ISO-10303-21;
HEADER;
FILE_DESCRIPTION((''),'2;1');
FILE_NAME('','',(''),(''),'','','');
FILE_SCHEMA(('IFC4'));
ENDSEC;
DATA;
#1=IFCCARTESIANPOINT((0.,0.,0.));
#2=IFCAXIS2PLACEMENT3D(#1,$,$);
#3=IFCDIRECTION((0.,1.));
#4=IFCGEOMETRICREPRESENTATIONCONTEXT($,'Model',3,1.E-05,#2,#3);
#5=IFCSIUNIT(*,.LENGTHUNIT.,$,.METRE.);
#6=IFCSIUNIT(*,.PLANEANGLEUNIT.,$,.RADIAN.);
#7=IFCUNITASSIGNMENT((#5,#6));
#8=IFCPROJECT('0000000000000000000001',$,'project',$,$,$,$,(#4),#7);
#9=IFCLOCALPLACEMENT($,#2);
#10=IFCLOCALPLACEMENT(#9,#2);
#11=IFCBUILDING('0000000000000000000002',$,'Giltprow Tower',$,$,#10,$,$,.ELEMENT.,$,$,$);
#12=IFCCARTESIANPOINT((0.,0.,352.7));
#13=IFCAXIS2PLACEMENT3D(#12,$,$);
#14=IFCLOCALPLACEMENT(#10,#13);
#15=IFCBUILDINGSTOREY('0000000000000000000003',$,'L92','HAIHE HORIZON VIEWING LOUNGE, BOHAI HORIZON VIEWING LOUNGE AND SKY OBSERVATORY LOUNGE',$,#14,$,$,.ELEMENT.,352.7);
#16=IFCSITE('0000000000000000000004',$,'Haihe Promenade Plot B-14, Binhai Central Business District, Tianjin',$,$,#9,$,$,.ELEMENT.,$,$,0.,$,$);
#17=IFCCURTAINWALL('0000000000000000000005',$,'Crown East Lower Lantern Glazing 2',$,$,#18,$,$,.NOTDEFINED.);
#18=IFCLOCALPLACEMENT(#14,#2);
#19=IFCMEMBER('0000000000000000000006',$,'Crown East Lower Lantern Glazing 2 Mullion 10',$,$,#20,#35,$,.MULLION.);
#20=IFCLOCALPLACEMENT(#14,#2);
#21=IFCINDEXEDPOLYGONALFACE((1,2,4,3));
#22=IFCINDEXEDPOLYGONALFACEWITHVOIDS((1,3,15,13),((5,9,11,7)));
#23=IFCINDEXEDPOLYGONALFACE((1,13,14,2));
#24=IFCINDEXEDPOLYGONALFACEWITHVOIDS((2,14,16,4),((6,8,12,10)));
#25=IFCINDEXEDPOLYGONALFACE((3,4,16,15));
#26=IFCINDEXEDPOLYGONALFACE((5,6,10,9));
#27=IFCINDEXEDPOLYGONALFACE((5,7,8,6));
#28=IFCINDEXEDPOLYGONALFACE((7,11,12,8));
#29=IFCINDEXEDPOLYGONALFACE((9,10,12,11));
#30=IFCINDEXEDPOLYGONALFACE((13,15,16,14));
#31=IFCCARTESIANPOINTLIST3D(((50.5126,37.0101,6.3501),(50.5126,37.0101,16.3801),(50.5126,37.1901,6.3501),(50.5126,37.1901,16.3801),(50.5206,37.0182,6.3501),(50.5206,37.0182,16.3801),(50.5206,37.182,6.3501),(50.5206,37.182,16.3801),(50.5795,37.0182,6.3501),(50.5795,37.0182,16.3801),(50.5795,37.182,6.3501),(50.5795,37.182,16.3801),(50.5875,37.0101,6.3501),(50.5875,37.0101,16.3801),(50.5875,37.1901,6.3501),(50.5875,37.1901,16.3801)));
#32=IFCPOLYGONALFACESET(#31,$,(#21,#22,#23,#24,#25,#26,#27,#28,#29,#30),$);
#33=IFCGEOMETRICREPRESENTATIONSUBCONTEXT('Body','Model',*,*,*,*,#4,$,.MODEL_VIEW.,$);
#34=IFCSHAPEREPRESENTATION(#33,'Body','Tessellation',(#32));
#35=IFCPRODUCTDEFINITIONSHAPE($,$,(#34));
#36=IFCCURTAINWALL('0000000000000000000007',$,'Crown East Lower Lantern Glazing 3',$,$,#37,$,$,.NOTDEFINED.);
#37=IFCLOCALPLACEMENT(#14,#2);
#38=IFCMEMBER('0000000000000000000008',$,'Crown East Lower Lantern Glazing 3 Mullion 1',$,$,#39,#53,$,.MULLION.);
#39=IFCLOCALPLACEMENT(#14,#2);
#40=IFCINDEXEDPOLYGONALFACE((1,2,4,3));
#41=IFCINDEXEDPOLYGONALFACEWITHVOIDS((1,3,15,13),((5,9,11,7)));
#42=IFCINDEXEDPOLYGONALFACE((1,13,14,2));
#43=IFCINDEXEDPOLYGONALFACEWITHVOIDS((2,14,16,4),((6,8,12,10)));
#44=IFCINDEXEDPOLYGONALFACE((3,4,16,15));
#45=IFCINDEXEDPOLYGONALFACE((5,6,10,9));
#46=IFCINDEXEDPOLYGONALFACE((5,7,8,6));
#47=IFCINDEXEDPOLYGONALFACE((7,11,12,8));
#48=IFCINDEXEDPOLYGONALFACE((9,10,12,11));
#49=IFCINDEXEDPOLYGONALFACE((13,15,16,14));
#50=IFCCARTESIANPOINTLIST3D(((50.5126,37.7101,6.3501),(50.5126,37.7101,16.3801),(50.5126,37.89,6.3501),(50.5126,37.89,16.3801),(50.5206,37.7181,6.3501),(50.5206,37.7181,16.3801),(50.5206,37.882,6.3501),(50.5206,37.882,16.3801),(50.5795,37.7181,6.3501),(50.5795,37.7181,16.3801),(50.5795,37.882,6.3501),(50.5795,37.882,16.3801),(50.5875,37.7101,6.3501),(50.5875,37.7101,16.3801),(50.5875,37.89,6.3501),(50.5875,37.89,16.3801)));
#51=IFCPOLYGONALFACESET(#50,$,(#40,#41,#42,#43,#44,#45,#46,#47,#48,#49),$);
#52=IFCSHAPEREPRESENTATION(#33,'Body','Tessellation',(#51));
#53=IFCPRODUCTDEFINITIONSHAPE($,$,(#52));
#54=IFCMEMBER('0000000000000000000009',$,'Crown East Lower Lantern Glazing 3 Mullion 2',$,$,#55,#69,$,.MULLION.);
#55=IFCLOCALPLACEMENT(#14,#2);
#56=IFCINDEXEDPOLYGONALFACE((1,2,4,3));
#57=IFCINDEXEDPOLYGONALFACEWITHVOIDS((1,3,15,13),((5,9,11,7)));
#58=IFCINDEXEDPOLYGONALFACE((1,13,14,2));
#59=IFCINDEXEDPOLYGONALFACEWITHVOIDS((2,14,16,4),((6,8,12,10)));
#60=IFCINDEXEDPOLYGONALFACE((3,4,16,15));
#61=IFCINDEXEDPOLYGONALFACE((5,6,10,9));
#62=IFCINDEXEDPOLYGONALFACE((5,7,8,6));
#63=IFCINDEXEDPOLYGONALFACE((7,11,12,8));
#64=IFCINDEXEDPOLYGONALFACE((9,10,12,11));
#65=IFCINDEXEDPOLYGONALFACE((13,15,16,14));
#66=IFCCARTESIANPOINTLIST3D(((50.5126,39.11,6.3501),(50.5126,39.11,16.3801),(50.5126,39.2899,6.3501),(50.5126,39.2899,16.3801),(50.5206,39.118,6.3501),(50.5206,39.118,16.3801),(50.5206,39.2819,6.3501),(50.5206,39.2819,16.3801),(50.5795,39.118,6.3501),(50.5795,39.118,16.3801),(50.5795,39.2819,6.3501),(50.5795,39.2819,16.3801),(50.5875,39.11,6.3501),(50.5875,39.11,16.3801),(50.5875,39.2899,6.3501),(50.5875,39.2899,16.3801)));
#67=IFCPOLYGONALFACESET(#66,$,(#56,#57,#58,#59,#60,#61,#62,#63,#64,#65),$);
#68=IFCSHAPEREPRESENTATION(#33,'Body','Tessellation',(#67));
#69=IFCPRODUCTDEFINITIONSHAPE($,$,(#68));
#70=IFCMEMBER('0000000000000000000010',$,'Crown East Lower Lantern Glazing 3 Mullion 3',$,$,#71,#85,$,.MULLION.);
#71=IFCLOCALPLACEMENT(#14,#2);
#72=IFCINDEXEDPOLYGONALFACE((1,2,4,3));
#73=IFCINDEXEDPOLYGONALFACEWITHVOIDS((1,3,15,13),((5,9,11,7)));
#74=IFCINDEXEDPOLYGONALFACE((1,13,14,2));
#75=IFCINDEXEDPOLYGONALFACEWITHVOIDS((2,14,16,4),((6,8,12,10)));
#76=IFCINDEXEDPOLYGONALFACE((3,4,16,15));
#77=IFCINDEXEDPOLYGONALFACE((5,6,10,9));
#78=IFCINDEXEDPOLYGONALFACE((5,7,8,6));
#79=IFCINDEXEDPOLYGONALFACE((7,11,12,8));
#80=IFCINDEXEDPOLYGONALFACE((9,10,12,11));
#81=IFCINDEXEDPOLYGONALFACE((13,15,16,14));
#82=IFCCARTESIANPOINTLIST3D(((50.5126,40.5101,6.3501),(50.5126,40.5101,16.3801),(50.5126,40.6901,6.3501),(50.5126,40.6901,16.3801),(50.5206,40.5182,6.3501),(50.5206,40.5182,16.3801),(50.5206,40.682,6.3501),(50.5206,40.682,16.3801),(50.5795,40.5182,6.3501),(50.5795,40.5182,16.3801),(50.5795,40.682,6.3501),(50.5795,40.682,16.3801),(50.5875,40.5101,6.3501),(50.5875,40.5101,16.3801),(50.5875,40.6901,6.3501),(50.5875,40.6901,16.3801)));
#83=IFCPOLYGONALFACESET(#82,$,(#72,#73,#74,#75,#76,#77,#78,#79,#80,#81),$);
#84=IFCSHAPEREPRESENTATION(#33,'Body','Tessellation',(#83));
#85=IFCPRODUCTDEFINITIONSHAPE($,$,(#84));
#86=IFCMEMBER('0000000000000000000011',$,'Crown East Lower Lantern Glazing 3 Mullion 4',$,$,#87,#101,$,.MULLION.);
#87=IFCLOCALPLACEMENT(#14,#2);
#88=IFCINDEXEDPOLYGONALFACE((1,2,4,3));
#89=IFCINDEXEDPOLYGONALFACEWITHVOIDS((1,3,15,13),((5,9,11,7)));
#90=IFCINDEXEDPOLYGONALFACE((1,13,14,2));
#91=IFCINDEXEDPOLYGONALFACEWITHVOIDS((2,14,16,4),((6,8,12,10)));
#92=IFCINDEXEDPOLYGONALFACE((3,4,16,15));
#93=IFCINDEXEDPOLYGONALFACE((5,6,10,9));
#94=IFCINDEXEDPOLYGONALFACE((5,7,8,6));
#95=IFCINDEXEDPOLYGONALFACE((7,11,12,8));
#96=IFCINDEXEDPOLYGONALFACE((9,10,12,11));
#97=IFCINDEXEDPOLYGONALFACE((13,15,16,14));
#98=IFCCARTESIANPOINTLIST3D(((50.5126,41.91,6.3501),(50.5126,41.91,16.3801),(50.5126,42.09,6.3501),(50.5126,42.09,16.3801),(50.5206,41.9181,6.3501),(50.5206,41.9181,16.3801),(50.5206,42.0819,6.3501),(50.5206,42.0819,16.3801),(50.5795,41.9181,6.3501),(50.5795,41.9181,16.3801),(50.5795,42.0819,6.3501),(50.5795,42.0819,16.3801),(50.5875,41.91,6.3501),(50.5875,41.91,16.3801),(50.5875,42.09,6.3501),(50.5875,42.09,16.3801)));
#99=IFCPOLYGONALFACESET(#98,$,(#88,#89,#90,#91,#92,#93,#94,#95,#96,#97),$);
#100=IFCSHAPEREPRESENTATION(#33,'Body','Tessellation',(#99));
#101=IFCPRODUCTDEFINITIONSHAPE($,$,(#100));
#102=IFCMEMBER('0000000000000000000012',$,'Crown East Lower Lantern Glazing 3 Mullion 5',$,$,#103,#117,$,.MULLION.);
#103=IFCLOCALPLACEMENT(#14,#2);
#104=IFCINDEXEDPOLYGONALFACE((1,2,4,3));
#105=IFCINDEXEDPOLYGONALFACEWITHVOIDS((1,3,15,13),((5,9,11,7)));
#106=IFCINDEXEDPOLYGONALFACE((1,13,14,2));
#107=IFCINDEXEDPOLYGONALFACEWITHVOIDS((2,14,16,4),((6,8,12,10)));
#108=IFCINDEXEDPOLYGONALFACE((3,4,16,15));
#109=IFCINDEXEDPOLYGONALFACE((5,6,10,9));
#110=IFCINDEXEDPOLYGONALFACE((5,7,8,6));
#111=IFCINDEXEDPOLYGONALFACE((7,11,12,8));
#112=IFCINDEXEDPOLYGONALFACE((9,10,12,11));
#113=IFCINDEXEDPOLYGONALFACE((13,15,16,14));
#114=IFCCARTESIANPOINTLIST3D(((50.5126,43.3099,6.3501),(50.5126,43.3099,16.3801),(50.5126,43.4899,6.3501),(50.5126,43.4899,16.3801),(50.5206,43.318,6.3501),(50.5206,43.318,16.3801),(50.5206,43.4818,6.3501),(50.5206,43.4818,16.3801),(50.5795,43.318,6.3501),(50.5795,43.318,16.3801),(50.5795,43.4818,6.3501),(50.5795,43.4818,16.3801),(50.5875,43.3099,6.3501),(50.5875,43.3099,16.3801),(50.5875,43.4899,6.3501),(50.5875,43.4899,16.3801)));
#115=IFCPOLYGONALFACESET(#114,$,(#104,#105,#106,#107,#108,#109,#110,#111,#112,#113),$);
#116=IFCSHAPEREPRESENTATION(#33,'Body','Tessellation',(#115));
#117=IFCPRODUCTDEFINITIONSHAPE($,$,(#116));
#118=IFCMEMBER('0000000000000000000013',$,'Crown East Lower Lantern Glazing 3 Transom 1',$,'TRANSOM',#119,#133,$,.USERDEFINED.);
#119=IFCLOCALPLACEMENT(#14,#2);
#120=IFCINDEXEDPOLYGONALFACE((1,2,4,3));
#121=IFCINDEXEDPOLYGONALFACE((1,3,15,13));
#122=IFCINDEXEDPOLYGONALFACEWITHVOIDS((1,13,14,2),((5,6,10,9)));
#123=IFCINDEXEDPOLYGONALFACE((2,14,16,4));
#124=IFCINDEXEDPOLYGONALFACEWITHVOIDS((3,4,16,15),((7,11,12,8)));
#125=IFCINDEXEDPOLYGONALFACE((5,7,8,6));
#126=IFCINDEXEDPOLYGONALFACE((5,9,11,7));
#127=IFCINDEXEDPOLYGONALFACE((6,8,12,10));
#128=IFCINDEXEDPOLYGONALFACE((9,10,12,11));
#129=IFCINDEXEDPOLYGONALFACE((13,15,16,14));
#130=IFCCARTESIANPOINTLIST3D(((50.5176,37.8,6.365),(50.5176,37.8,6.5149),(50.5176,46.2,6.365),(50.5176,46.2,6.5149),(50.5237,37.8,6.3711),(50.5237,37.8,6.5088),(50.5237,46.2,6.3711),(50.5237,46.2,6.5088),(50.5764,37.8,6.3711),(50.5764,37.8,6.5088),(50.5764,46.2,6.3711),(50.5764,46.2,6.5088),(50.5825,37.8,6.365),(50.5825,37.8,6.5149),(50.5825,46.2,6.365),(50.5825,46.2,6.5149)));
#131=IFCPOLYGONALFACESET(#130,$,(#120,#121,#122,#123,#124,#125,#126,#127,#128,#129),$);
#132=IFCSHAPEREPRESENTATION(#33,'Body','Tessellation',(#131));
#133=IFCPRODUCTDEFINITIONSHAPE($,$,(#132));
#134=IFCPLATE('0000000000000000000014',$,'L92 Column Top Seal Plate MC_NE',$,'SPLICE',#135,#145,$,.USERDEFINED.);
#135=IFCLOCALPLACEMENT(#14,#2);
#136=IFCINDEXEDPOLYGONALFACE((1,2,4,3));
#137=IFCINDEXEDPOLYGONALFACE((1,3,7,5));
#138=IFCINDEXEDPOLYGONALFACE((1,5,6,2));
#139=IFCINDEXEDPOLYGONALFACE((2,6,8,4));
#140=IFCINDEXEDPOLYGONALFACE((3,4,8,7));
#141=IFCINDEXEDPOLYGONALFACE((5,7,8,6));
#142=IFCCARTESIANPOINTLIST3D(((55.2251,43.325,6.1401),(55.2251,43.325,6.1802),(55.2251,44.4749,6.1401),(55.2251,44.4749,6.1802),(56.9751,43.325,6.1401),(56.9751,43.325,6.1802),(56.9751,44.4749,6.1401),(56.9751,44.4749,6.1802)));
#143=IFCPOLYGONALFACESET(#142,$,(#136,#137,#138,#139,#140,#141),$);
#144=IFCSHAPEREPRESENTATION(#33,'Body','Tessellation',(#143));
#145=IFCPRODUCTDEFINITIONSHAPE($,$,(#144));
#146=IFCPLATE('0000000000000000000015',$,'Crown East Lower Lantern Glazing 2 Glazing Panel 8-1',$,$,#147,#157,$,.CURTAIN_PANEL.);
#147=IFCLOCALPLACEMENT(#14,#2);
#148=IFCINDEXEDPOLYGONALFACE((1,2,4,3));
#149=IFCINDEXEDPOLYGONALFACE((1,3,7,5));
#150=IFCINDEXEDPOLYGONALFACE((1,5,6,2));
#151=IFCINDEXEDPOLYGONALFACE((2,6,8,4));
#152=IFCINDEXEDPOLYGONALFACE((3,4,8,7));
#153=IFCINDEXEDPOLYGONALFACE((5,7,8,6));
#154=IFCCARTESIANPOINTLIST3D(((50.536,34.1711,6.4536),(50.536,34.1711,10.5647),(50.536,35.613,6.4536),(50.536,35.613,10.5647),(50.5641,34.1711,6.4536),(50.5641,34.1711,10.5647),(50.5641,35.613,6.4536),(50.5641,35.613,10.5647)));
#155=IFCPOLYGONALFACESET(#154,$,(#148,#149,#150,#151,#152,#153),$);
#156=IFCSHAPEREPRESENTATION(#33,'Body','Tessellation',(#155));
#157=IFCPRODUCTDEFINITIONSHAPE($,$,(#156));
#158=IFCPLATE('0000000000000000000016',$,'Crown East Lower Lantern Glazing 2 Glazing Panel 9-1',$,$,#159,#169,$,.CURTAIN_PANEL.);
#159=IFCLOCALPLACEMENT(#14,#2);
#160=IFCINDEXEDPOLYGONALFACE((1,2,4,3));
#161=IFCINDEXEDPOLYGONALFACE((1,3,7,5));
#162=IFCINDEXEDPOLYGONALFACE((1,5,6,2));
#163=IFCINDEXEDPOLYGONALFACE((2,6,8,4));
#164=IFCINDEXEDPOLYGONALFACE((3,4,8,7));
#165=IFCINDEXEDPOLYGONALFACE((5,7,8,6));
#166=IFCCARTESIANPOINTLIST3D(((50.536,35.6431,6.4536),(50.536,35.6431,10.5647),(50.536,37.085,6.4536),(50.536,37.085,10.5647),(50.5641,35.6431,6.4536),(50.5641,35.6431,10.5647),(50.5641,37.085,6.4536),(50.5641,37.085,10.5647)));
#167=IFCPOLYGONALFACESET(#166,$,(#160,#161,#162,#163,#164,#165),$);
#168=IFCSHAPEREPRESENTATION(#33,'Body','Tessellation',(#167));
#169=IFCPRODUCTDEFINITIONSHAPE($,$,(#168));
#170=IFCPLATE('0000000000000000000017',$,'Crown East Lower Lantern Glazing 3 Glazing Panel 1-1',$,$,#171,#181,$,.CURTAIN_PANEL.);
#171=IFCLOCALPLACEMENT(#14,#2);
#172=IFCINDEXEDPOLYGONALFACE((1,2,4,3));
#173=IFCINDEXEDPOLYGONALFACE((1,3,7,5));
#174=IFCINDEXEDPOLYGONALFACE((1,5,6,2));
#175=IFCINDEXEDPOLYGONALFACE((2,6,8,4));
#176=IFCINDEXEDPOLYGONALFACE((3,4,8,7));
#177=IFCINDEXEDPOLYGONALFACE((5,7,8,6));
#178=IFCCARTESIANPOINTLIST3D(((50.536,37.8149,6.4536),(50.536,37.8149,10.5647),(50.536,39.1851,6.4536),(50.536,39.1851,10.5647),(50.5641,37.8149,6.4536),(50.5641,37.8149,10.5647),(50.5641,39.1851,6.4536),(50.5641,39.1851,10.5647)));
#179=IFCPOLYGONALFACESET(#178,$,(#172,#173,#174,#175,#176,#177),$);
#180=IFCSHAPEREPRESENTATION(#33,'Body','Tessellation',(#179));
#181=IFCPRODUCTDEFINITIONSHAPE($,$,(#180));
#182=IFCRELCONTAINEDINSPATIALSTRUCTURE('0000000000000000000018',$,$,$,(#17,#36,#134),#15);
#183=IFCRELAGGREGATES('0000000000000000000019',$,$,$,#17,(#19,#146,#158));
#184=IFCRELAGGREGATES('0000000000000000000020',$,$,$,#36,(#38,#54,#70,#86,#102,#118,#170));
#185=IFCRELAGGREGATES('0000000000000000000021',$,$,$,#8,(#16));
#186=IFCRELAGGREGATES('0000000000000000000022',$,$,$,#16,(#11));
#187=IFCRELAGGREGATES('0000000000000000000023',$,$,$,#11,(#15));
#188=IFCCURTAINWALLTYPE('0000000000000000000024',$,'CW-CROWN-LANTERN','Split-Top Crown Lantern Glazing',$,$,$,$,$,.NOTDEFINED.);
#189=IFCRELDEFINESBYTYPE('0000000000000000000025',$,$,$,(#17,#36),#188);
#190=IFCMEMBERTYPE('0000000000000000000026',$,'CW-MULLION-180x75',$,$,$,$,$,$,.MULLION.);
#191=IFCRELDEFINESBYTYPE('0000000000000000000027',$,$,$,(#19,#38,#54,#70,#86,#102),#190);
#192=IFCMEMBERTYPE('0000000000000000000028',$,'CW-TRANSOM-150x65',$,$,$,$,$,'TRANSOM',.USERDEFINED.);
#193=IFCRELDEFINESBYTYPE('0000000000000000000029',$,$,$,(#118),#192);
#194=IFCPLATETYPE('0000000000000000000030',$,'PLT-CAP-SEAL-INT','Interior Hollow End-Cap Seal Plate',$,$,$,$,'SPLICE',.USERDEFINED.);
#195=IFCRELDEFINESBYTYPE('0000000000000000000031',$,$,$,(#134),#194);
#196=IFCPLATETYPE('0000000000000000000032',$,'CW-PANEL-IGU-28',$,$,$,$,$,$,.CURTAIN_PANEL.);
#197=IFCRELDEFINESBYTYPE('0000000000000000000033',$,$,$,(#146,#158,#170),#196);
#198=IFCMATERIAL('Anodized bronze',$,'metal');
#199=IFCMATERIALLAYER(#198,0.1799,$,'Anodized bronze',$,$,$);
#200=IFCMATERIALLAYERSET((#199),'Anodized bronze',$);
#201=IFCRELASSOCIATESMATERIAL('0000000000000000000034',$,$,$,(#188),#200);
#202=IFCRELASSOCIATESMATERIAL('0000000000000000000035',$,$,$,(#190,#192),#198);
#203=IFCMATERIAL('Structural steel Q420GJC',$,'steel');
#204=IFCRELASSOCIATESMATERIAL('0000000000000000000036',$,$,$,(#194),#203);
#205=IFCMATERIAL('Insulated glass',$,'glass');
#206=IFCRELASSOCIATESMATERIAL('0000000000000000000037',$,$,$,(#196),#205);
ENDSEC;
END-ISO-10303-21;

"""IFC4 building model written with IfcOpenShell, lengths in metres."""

from ifc_helpers import new_model, si_unit, direction, frame, origin, origin_2d, place, context, subcontext, project, spatial, rectangle, hollow_rectangle, extrude, source, transform, mapped, material, layer, layer_set, material_profile, profile_set, type_object, element, aggregate, save


model = new_model("IFC4")

# Units and contexts
model_context = context("Model", 3, precision=1e-05, world=origin(), true_north=direction((0.0, 1.0)))
body_context = subcontext(model_context, "Body", "Model", "MODEL_VIEW")
ifc_project = project(units=[si_unit("LENGTHUNIT", "METRE"), si_unit("PLANEANGLEUNIT", "RADIAN")], contexts=[model_context])

# Site, building, storey
site_placement = place(None, origin())
site = spatial("IfcSite", under=ifc_project, at=site_placement, Name="Haihe Promenade Plot B-14, Binhai Central Business District, Tianjin", CompositionType="ELEMENT", RefElevation=0.0)
building_placement = place(site_placement, origin())
building = spatial("IfcBuilding", under=site, at=building_placement, Name="Giltprow Tower", CompositionType="ELEMENT")
storey_placement = place(building_placement, frame((0.0, 0.0, 352.7)))
storey = spatial("IfcBuildingStorey", under=building, at=storey_placement, Name="L92", Description="HAIHE HORIZON VIEWING LOUNGE, BOHAI HORIZON VIEWING LOUNGE AND SKY OBSERVATORY LOUNGE", CompositionType="ELEMENT", Elevation=352.7)

# Shared definitions
ifc_material_1 = material(Name="Structural steel Q420GJC", Category="steel")

# Curtain walls, members
ifc_material_2 = material(Name="Anodized bronze", Category="metal")
ifc_layer_1 = layer(ifc_material_2, 0.1799, Name="Anodized bronze")
ifc_layer_set_1 = layer_set([ifc_layer_1], Name="Anodized bronze")
curtain_wall_type = type_object("IfcCurtainWallType", Name="CW-CROWN-LANTERN", Description="Split-Top Crown Lantern Glazing", PredefinedType="NOTDEFINED", material=ifc_layer_set_1)
curtain_wall_1_placement = place(storey_placement, origin())
curtain_wall_1 = element("IfcCurtainWall", 1, at=curtain_wall_1_placement, inside=storey, type_object=curtain_wall_type, Name="Crown East Lower Lantern Glazing 2", PredefinedType="NOTDEFINED")
ifc_material_profile_1 = material_profile(ifc_material_2, hollow_rectangle(XDim=0.075, YDim=0.1799, WallThickness=0.0081, at=origin_2d()), Name="RHS 180x75x8")
ifc_profile_set_1 = profile_set([ifc_material_profile_1], Name="Anodized bronze")
member_type_1 = type_object("IfcMemberType", Name="CW-MULLION-180x75", PredefinedType="MULLION", material=ifc_profile_set_1)
shared_shape_1 = source(origin(), body_context, "Body", "SweptSolid", [
    extrude(hollow_rectangle(XDim=0.075, YDim=0.1799, WallThickness=0.0081, at=origin_2d()), origin(), (0.0, 0.0, 1.0), 10.03),
])
member_1_placement = place(storey_placement, frame((50.55, 37.1001, 6.3501), z_axis=(0.0, 0.0, 1.0), x_axis=(1.0, 0.0, 0.0)))
member_1 = element("IfcMember", 2, at=member_1_placement, type_object=member_type_1, Name="Crown East Lower Lantern Glazing 2 Mullion 10", PredefinedType="MULLION", context=body_context, shape_type="MappedRepresentation", body=[
    mapped(shared_shape_1, transform((0.0, 0.0, 0.0), x_axis=(1.0, 0.0, 0.0), y_axis=(0.0, 1.0, 0.0), z_axis=(0.0, 0.0, 1.0), scale=1.0)),
])
curtain_wall_2_placement = place(storey_placement, origin())
curtain_wall_2 = element("IfcCurtainWall", 3, at=curtain_wall_2_placement, inside=storey, type_object=curtain_wall_type, Name="Crown East Lower Lantern Glazing 3", PredefinedType="NOTDEFINED")
member_2_placement = place(storey_placement, frame((50.55, 37.8, 6.3501), z_axis=(0.0, 0.0, 1.0), x_axis=(1.0, 0.0, 0.0)))
member_2 = element("IfcMember", 4, at=member_2_placement, type_object=member_type_1, Name="Crown East Lower Lantern Glazing 3 Mullion 1", PredefinedType="MULLION", context=body_context, shape_type="MappedRepresentation", body=[
    mapped(shared_shape_1, transform((0.0, 0.0, 0.0), x_axis=(1.0, 0.0, 0.0), y_axis=(0.0, 1.0, 0.0), z_axis=(0.0, 0.0, 1.0), scale=1.0)),
])
member_3_placement = place(storey_placement, frame((50.55, 39.2, 6.3501), z_axis=(0.0, 0.0, 1.0), x_axis=(1.0, 0.0, 0.0)))
member_3 = element("IfcMember", 5, at=member_3_placement, type_object=member_type_1, Name="Crown East Lower Lantern Glazing 3 Mullion 2", PredefinedType="MULLION", context=body_context, shape_type="MappedRepresentation", body=[
    mapped(shared_shape_1, transform((0.0, 0.0, 0.0), x_axis=(1.0, 0.0, 0.0), y_axis=(0.0, 1.0, 0.0), z_axis=(0.0, 0.0, 1.0), scale=1.0)),
])
member_4_placement = place(storey_placement, frame((50.55, 40.6001, 6.3501), z_axis=(0.0, 0.0, 1.0), x_axis=(1.0, 0.0, 0.0)))
member_4 = element("IfcMember", 6, at=member_4_placement, type_object=member_type_1, Name="Crown East Lower Lantern Glazing 3 Mullion 3", PredefinedType="MULLION", context=body_context, shape_type="MappedRepresentation", body=[
    mapped(shared_shape_1, transform((0.0, 0.0, 0.0), x_axis=(1.0, 0.0, 0.0), y_axis=(0.0, 1.0, 0.0), z_axis=(0.0, 0.0, 1.0), scale=1.0)),
])
member_5_placement = place(storey_placement, frame((50.55, 42.0, 6.3501), z_axis=(0.0, 0.0, 1.0), x_axis=(1.0, 0.0, 0.0)))
member_5 = element("IfcMember", 7, at=member_5_placement, type_object=member_type_1, Name="Crown East Lower Lantern Glazing 3 Mullion 4", PredefinedType="MULLION", context=body_context, shape_type="MappedRepresentation", body=[
    mapped(shared_shape_1, transform((0.0, 0.0, 0.0), x_axis=(1.0, 0.0, 0.0), y_axis=(0.0, 1.0, 0.0), z_axis=(0.0, 0.0, 1.0), scale=1.0)),
])
member_6_placement = place(storey_placement, frame((50.55, 43.3999, 6.3501), z_axis=(0.0, 0.0, 1.0), x_axis=(1.0, 0.0, 0.0)))
member_6 = element("IfcMember", 8, at=member_6_placement, type_object=member_type_1, Name="Crown East Lower Lantern Glazing 3 Mullion 5", PredefinedType="MULLION", context=body_context, shape_type="MappedRepresentation", body=[
    mapped(shared_shape_1, transform((0.0, 0.0, 0.0), x_axis=(1.0, 0.0, 0.0), y_axis=(0.0, 1.0, 0.0), z_axis=(0.0, 0.0, 1.0), scale=1.0)),
])
ifc_material_profile_2 = material_profile(ifc_material_2, hollow_rectangle(XDim=0.0649, YDim=0.1499, WallThickness=0.0061, at=origin_2d()), Name="RHS 150x65x6")
ifc_profile_set_2 = profile_set([ifc_material_profile_2], Name="Anodized bronze")
member_type_2 = type_object("IfcMemberType", Name="CW-TRANSOM-150x65", ElementType="TRANSOM", PredefinedType="USERDEFINED", material=ifc_profile_set_2)
shared_shape_2 = source(origin(), body_context, "Body", "SweptSolid", [
    extrude(hollow_rectangle(XDim=0.0649, YDim=0.1499, WallThickness=0.0061, at=origin_2d()), origin(), (0.0, 0.0, 1.0), 8.3999),
])
member_7_placement = place(storey_placement, frame((50.55, 37.8, 6.4399), z_axis=(0.0, 1.0, 0.0), x_axis=(-1.0, 0.0, 0.0)))
member_7 = element("IfcMember", 9, at=member_7_placement, type_object=member_type_2, Name="Crown East Lower Lantern Glazing 3 Transom 1", ObjectType="TRANSOM", PredefinedType="USERDEFINED", context=body_context, shape_type="MappedRepresentation", body=[
    mapped(shared_shape_2, transform((0.0, 0.0, 0.0), x_axis=(1.0, 0.0, 0.0), y_axis=(0.0, 1.0, 0.0), z_axis=(0.0, 0.0, 1.0), scale=1.0)),
])

# Plates
plate_type_1 = type_object("IfcPlateType", Name="PLT-CAP-SEAL-INT", Description="Interior Hollow End-Cap Seal Plate", ElementType="SPLICE", PredefinedType="USERDEFINED", material=ifc_material_1)
shared_shape_3 = source(origin(), body_context, "Body", "SweptSolid", [
    extrude(rectangle(XDim=1.75, YDim=1.1499, at=origin_2d()), origin(), (0.0, 0.0, 1.0), 0.04),
])
plate_1_placement = place(storey_placement, frame((56.1001, 43.8999, 6.1401), z_axis=(0.0, 0.0, 1.0), x_axis=(1.0, 0.0, 0.0)))
element("IfcPlate", 10, at=plate_1_placement, inside=storey, type_object=plate_type_1, Name="L92 Column Top Seal Plate MC_NE", ObjectType="SPLICE", PredefinedType="USERDEFINED", context=body_context, shape_type="MappedRepresentation", body=[
    mapped(shared_shape_3, transform((0.0, 0.0, 0.0), x_axis=(1.0, 0.0, 0.0), y_axis=(0.0, 1.0, 0.0), z_axis=(0.0, 0.0, 1.0), scale=1.0)),
])
ifc_material_3 = material(Name="Insulated glass", Category="glass")
plate_type_2 = type_object("IfcPlateType", Name="CW-PANEL-IGU-28", PredefinedType="CURTAIN_PANEL", material=ifc_material_3)
shared_shape_4 = source(origin(), body_context, "Body", "SweptSolid", [
    extrude(rectangle(XDim=1.4419, YDim=0.0281, at=origin_2d()), origin(), (0.0, 0.0, 1.0), 4.1111),
])
plate_2_placement = place(storey_placement, frame((50.55, 34.8921, 6.4536), z_axis=(0.0, 0.0, 1.0), x_axis=(0.0, 1.0, 0.0)))
plate_2 = element("IfcPlate", 11, at=plate_2_placement, type_object=plate_type_2, Name="Crown East Lower Lantern Glazing 2 Glazing Panel 8-1", PredefinedType="CURTAIN_PANEL", context=body_context, shape_type="MappedRepresentation", body=[
    mapped(shared_shape_4, transform((0.0, 0.0, 0.0), x_axis=(1.0, 0.0, 0.0), y_axis=(0.0, 1.0, 0.0), z_axis=(0.0, 0.0, 1.0), scale=1.0)),
])
plate_3_placement = place(storey_placement, frame((50.55, 36.364, 6.4536), z_axis=(0.0, 0.0, 1.0), x_axis=(0.0, 1.0, 0.0)))
plate_3 = element("IfcPlate", 12, at=plate_3_placement, type_object=plate_type_2, Name="Crown East Lower Lantern Glazing 2 Glazing Panel 9-1", PredefinedType="CURTAIN_PANEL", context=body_context, shape_type="MappedRepresentation", body=[
    mapped(shared_shape_4, transform((0.0, 0.0, 0.0), x_axis=(1.0, 0.0, 0.0), y_axis=(0.0, 1.0, 0.0), z_axis=(0.0, 0.0, 1.0), scale=1.0)),
])
aggregate(curtain_wall_1, [member_1, plate_2, plate_3])
shared_shape_5 = source(origin(), body_context, "Body", "SweptSolid", [
    extrude(rectangle(XDim=1.3701, YDim=0.0281, at=origin_2d()), origin(), (0.0, 0.0, 1.0), 4.1111),
])
plate_4_placement = place(storey_placement, frame((50.55, 38.5, 6.4536), z_axis=(0.0, 0.0, 1.0), x_axis=(0.0, 1.0, 0.0)))
plate_4 = element("IfcPlate", 13, at=plate_4_placement, type_object=plate_type_2, Name="Crown East Lower Lantern Glazing 3 Glazing Panel 1-1", PredefinedType="CURTAIN_PANEL", context=body_context, shape_type="MappedRepresentation", body=[
    mapped(shared_shape_5, transform((0.0, 0.0, 0.0), x_axis=(1.0, 0.0, 0.0), y_axis=(0.0, 1.0, 0.0), z_axis=(0.0, 0.0, 1.0), scale=1.0)),
])
aggregate(curtain_wall_2, [member_2, member_3, member_4, member_5, member_6, member_7, plate_4])

save(model, "model.ifc")
